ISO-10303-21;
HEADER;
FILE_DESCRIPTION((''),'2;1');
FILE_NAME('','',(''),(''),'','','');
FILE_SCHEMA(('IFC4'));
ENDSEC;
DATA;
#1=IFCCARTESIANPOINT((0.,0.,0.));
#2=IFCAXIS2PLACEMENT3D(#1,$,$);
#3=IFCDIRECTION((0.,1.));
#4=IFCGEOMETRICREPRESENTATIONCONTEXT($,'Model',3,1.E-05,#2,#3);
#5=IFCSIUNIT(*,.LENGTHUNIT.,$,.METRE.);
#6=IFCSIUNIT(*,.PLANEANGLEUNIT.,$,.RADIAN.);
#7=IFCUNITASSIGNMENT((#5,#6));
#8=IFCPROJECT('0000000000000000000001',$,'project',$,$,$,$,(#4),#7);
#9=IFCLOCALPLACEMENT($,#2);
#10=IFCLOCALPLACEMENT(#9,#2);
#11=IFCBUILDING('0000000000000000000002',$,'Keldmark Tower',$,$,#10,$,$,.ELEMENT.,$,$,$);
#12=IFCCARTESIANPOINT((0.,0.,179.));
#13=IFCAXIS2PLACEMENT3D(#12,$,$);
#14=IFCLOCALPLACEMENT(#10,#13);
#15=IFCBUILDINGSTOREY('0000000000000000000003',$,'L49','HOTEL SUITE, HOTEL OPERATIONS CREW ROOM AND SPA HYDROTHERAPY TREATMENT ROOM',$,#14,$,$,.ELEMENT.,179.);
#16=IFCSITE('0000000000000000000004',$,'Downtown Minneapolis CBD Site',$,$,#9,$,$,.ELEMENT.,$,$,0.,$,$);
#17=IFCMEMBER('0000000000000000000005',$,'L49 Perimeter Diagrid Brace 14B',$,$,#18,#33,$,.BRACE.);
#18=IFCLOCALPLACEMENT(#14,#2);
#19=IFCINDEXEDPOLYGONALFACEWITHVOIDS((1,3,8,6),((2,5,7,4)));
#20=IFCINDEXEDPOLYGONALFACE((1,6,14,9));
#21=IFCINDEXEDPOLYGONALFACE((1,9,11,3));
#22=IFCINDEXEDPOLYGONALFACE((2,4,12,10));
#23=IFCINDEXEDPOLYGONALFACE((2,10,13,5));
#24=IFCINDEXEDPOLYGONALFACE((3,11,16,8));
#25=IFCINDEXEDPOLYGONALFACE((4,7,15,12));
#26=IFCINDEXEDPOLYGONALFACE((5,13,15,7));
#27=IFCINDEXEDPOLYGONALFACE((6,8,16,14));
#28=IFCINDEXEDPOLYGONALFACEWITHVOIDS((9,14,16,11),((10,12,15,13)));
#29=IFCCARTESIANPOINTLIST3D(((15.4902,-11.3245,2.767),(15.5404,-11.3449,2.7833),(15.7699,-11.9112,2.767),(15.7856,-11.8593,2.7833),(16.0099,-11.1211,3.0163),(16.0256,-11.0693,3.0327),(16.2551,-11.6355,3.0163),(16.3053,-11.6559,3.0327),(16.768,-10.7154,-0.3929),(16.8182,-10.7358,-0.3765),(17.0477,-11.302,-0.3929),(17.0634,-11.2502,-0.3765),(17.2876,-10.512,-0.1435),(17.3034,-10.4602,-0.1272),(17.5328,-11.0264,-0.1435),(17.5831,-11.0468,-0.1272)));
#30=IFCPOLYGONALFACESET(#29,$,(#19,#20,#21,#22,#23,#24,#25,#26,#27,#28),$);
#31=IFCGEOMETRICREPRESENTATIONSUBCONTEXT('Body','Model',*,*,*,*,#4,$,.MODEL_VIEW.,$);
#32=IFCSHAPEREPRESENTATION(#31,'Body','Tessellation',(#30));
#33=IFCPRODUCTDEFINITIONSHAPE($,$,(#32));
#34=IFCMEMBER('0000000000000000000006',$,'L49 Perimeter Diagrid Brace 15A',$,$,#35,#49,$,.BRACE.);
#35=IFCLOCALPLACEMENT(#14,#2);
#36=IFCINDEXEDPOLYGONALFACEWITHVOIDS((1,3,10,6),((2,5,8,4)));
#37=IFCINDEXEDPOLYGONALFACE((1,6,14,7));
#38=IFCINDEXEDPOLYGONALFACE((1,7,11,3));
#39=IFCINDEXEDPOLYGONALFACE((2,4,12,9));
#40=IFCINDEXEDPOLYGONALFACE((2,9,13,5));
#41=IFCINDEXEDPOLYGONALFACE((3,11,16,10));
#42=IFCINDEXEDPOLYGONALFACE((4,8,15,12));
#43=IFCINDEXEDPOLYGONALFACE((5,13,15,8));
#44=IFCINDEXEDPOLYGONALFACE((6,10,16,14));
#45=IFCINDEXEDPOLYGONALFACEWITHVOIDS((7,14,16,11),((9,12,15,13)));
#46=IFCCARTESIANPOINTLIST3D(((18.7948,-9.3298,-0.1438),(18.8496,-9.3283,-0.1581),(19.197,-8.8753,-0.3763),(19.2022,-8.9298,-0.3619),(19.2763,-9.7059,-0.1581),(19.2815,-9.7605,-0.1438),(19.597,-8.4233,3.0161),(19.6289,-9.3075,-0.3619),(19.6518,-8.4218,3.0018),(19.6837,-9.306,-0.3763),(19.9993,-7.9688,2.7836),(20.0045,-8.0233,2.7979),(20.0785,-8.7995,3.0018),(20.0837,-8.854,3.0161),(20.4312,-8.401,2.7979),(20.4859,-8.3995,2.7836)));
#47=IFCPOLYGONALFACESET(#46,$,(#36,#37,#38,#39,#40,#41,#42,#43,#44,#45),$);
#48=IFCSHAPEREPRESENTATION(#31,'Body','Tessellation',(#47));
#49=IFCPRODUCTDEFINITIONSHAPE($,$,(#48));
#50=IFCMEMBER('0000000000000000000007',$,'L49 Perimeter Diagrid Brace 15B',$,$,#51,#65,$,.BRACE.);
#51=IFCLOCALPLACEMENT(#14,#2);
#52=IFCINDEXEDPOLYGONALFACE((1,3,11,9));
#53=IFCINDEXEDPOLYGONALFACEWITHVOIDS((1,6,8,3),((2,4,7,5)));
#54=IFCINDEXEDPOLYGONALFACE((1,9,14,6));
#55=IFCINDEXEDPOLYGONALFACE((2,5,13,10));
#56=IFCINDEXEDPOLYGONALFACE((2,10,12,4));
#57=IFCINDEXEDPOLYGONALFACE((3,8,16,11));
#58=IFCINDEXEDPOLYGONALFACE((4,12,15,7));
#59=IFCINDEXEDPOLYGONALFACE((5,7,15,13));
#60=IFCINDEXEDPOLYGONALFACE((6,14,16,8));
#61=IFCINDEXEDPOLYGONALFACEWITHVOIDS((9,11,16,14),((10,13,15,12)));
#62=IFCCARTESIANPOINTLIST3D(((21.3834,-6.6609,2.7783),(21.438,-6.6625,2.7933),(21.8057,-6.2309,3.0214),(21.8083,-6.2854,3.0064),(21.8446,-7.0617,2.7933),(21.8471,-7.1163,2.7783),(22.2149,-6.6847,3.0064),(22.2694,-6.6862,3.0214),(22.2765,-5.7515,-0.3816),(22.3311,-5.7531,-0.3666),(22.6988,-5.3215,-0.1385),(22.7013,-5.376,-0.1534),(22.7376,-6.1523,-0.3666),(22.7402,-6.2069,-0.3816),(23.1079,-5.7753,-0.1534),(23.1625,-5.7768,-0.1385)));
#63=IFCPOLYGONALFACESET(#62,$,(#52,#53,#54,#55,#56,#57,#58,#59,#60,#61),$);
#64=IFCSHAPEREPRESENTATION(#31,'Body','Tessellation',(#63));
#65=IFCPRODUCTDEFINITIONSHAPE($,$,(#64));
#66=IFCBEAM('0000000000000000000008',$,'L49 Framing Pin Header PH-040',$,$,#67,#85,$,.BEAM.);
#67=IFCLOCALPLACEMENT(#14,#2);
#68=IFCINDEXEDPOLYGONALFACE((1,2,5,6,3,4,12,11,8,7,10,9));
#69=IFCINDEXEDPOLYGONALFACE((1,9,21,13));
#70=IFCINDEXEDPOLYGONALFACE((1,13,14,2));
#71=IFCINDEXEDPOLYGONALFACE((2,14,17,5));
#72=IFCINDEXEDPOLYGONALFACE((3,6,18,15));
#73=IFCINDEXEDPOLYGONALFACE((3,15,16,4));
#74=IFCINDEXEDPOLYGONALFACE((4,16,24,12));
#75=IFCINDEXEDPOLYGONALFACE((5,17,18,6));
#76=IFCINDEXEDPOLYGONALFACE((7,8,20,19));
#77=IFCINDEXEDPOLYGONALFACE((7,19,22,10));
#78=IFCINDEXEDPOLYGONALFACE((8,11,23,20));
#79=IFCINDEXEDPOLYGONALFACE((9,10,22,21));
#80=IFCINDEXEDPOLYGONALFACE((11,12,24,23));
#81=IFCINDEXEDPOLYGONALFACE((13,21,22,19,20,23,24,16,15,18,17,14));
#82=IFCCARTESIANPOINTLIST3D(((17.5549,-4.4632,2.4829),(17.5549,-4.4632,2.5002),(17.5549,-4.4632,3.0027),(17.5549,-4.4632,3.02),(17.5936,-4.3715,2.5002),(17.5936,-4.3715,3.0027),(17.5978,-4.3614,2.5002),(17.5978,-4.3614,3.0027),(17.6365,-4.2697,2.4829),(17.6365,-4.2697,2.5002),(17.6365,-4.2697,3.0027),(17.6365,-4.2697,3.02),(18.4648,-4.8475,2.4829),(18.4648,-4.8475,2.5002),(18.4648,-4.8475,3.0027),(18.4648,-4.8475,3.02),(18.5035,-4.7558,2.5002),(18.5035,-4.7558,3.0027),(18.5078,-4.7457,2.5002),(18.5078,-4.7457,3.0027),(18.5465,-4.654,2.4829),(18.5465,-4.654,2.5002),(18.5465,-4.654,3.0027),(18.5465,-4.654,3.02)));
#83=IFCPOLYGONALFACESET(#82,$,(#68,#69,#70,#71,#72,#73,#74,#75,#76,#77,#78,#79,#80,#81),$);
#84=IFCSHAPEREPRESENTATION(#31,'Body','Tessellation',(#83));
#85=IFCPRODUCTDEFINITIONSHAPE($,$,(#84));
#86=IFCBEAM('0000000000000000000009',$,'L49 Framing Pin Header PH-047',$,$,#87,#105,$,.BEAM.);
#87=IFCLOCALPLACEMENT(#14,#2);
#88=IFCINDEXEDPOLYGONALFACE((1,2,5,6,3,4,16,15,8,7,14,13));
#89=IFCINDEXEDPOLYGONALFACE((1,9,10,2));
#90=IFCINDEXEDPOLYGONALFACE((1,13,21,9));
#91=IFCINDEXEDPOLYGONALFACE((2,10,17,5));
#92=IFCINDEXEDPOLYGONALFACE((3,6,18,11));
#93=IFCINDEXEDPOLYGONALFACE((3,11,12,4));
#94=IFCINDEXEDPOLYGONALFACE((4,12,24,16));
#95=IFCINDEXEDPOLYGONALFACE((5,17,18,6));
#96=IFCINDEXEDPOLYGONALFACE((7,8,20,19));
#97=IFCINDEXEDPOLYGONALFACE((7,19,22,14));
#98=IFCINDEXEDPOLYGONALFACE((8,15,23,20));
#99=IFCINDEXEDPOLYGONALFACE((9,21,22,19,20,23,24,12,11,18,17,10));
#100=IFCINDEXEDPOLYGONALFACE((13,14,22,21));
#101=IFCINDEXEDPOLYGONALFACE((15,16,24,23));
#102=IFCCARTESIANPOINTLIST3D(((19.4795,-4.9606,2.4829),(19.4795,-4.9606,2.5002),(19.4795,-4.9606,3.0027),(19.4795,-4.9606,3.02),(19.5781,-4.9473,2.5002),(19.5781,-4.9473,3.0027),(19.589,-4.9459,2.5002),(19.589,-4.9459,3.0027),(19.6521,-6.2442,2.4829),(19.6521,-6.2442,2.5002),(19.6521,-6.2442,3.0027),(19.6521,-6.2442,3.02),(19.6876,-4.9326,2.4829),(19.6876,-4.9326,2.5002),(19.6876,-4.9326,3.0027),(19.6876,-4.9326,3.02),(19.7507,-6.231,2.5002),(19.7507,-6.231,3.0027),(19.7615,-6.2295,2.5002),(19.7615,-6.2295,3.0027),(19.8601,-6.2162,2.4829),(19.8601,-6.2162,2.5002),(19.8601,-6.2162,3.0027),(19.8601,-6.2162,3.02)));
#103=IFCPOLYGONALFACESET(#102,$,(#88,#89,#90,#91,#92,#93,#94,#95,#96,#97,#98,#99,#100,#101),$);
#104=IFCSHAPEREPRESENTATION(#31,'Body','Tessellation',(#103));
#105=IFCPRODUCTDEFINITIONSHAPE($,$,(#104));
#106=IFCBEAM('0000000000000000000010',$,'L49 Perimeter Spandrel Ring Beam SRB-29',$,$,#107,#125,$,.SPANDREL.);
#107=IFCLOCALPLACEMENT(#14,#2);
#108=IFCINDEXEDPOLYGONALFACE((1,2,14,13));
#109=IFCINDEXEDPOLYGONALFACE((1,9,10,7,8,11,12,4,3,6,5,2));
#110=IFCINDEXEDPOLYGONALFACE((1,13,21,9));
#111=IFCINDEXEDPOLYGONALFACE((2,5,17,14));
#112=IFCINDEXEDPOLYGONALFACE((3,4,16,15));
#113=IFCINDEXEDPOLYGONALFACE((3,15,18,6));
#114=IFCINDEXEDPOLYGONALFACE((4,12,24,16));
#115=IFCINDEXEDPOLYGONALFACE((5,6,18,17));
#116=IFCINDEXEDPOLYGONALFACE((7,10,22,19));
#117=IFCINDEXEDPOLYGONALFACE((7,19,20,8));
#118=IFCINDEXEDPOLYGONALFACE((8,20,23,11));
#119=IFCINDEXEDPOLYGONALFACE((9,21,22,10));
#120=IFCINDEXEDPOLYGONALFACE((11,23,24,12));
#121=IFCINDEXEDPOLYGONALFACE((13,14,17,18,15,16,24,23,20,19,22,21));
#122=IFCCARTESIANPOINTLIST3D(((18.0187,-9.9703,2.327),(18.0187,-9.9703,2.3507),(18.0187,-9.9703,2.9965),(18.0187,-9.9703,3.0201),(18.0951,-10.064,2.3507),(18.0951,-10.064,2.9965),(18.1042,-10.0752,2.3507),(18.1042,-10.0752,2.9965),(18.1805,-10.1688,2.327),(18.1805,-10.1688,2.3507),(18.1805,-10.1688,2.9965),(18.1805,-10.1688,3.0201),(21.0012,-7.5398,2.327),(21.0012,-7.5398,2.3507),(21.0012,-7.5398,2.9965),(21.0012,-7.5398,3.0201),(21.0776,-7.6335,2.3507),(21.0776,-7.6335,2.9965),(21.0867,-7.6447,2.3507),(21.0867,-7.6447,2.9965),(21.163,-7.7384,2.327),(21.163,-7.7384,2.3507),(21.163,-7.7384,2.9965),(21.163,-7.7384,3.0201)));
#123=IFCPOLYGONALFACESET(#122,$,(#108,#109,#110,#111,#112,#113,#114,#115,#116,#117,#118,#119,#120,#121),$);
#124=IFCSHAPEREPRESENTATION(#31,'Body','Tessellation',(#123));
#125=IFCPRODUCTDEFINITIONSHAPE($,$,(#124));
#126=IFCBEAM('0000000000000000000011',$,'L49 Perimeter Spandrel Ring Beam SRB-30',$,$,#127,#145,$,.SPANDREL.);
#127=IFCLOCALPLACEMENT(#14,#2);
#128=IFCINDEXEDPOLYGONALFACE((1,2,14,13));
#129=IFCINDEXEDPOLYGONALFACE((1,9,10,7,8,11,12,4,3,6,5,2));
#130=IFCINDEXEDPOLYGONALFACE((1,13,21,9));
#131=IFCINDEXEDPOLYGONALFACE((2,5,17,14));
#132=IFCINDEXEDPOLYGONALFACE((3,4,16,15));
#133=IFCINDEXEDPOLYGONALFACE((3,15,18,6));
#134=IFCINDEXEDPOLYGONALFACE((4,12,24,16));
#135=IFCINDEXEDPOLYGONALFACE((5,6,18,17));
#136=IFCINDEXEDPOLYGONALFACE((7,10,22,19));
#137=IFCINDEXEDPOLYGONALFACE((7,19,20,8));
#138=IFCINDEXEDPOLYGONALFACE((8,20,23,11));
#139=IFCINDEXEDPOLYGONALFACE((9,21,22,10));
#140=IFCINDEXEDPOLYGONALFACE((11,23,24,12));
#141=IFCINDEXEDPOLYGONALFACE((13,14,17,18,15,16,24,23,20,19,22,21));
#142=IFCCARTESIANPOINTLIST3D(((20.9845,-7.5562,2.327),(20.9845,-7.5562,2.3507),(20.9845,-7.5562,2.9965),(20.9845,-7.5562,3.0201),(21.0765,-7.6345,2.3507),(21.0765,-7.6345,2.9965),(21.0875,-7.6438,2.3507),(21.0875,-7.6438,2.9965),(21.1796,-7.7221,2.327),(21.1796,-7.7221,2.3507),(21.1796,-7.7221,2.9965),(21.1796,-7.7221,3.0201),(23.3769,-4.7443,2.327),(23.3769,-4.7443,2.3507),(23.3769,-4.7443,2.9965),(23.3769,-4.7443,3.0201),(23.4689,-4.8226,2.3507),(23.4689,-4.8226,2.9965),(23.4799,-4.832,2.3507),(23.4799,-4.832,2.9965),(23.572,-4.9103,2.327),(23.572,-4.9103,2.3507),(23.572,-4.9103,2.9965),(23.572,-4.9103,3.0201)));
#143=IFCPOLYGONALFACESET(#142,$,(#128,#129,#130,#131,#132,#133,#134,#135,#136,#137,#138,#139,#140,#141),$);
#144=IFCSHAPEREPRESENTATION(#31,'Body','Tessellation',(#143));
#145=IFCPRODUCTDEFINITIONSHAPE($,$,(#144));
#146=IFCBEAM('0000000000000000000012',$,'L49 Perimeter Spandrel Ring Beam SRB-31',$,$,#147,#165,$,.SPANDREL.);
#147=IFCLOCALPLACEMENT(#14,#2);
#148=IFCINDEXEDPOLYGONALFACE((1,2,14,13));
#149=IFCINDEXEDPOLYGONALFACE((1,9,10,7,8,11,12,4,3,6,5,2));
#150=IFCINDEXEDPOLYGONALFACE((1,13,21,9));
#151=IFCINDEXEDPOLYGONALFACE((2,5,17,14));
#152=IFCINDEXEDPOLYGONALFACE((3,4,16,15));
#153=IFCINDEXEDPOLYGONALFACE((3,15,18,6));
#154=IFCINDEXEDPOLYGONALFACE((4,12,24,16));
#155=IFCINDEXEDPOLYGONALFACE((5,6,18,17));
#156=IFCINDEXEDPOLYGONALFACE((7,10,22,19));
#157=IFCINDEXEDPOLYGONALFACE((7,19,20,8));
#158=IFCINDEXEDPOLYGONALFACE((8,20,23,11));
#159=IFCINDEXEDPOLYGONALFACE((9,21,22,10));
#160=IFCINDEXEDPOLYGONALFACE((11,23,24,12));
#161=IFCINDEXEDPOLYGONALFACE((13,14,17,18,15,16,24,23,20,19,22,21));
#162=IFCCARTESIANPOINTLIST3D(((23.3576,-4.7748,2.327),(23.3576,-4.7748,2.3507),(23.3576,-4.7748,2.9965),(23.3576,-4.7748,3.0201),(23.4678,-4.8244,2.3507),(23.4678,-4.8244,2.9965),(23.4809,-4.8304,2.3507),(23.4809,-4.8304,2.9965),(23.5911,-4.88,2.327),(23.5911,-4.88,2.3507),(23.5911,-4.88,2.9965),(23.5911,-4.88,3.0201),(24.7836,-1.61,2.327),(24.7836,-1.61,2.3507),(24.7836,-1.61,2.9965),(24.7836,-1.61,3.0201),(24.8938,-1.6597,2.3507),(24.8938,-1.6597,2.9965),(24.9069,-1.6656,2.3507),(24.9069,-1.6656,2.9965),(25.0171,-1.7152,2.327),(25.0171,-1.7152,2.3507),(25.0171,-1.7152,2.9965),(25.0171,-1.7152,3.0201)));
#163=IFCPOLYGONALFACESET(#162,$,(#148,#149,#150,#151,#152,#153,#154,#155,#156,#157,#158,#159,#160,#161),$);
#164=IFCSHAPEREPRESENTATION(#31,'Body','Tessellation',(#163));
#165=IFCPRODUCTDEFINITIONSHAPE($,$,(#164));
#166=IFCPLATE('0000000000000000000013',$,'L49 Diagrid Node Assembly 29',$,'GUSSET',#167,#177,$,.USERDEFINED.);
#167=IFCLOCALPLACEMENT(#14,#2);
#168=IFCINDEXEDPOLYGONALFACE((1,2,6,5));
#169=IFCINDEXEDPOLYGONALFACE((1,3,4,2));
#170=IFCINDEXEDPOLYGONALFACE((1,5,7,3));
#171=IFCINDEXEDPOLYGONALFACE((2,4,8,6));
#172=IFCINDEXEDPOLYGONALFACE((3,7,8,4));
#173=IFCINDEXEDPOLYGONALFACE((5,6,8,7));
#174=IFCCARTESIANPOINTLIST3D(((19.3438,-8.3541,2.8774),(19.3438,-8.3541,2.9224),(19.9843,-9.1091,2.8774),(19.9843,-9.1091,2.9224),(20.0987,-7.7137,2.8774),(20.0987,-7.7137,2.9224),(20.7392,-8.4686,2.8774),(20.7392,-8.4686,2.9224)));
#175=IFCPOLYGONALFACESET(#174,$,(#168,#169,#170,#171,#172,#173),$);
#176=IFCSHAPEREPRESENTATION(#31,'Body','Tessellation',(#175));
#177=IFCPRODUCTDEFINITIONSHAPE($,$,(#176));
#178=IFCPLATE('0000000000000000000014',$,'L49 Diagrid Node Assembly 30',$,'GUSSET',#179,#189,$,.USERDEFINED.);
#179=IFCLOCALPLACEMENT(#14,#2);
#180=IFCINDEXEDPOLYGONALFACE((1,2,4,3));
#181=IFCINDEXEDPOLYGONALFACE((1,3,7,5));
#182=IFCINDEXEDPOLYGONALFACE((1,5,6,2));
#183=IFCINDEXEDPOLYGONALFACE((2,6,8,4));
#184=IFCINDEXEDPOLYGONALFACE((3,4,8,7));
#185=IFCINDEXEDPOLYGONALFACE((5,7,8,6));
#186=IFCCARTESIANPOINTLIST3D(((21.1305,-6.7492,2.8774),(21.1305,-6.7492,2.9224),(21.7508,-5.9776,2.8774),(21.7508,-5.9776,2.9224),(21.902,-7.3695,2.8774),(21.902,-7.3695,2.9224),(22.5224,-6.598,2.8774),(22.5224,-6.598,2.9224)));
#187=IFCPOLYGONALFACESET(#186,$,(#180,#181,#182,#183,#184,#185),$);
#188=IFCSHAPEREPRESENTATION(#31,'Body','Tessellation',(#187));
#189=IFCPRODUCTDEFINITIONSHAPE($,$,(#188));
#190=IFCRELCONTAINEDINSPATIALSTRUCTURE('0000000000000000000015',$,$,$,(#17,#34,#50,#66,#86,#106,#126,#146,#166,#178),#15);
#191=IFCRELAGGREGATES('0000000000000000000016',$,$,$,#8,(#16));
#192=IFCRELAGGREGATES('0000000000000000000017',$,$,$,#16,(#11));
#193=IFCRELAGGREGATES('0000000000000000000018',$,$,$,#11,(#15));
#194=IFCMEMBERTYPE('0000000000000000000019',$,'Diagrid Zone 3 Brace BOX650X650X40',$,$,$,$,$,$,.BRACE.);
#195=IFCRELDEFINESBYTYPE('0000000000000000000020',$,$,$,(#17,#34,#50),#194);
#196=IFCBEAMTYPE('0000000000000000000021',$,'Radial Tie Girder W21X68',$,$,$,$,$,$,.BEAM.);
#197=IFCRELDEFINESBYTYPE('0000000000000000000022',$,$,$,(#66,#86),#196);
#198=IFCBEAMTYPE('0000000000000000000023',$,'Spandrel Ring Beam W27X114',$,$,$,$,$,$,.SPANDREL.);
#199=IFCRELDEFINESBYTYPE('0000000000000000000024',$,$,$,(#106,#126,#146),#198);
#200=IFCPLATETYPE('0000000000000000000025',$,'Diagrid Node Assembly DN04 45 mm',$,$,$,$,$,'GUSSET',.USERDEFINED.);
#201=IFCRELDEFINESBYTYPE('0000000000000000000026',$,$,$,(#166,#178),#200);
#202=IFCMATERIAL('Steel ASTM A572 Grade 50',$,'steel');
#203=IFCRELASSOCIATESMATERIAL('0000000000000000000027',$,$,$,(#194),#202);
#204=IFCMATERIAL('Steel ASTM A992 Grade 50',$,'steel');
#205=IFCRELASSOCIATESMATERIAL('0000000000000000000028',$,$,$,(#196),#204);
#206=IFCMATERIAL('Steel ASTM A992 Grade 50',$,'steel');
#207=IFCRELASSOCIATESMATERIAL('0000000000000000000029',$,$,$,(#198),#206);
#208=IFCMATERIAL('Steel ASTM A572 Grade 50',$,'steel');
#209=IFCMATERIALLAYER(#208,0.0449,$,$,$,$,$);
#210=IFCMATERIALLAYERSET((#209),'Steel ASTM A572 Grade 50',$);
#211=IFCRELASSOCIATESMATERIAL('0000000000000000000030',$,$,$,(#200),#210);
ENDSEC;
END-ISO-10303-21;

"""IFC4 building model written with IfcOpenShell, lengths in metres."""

from ifc_helpers import new_model, si_unit, direction, frame, origin, origin_2d, place, context, subcontext, project, spatial, rectangle, hollow_rectangle, i_section, extrude, material, layer, layer_set, material_profile, profile_set, type_object, element, save


model = new_model("IFC4")

# Units and contexts
model_context = context("Model", 3, precision=1e-05, world=origin(), true_north=direction((0.0, 1.0)))
body_context = subcontext(model_context, "Body", "Model", "MODEL_VIEW")
ifc_project = project(units=[si_unit("LENGTHUNIT", "METRE"), si_unit("PLANEANGLEUNIT", "RADIAN")], contexts=[model_context])

# Site, building, storey
site_placement = place(None, origin())
site = spatial("IfcSite", under=ifc_project, at=site_placement, Name="Downtown Minneapolis CBD Site", CompositionType="ELEMENT", RefElevation=0.0)
building_placement = place(site_placement, origin())
building = spatial("IfcBuilding", under=site, at=building_placement, Name="Keldmark Tower", CompositionType="ELEMENT")
storey_placement = place(building_placement, frame((0.0, 0.0, 179.0)))
storey = spatial("IfcBuildingStorey", under=building, at=storey_placement, Name="L49", Description="HOTEL SUITE, HOTEL OPERATIONS CREW ROOM AND SPA HYDROTHERAPY TREATMENT ROOM", CompositionType="ELEMENT", Elevation=179.0)

# Members
ifc_material_1 = material(Name="Steel ASTM A572 Grade 50", Category="steel")
ifc_material_profile_1 = material_profile(ifc_material_1, hollow_rectangle(XDim=0.6499, YDim=0.6499, WallThickness=0.04, at=origin_2d()), Name="BOX650X650X40")
ifc_profile_set_1 = profile_set([ifc_material_profile_1], Name="Steel ASTM A572 Grade 50")
member_type = type_object("IfcMemberType", Name="Diagrid Zone 3 Brace BOX650X650X40", PredefinedType="BRACE", material=ifc_profile_set_1)
member_1_placement = place(storey_placement, frame((17.1755, -10.8811, -0.26), z_axis=(-0.369048, -0.175922, 0.912609), x_axis=(0.430302, -0.902685, 0.0)))
element("IfcMember", 1, at=member_1_placement, inside=storey, type_object=member_type, Name="L49 Perimeter Diagrid Brace 14B", PredefinedType="BRACE", context=body_context, shape_type="SweptSolid", body=[
    extrude(hollow_rectangle(XDim=0.6499, YDim=0.6499, WallThickness=0.04, at=origin_2d()), origin(), (0.0, 0.0, 1.0), 3.4624),
])
member_2_placement = place(storey_placement, frame((19.2393, -9.3179, -0.26), z_axis=(0.237082, 0.267889, 0.933824), x_axis=(-0.748854, 0.662735, 0.0)))
element("IfcMember", 2, at=member_2_placement, inside=storey, type_object=member_type, Name="L49 Perimeter Diagrid Brace 15A", PredefinedType="BRACE", context=body_context, shape_type="SweptSolid", body=[
    extrude(hollow_rectangle(XDim=0.6499, YDim=0.6499, WallThickness=0.04, at=origin_2d()), origin(), (0.0, 0.0, 1.0), 3.3838),
])
member_3_placement = place(storey_placement, frame((22.7195, -5.7642, -0.26), z_axis=(-0.262104, -0.266905, 0.927396), x_axis=(0.713494, -0.700661, 0.0)))
element("IfcMember", 3, at=member_3_placement, inside=storey, type_object=member_type, Name="L49 Perimeter Diagrid Brace 15B", PredefinedType="BRACE", context=body_context, shape_type="SweptSolid", body=[
    extrude(hollow_rectangle(XDim=0.6499, YDim=0.6499, WallThickness=0.04, at=origin_2d()), origin(), (0.0, 0.0, 1.0), 3.4072),
])

# Beams
ifc_material_2 = material(Name="Steel ASTM A992 Grade 50", Category="steel")
ifc_material_profile_2 = material_profile(ifc_material_2, i_section(OverallWidth=0.21, OverallDepth=0.5371, WebThickness=0.011, FlangeThickness=0.0173, at=origin_2d()), Name="W21X68")
ifc_profile_set_2 = profile_set([ifc_material_profile_2], Name="Steel ASTM A992 Grade 50")
beam_type_1 = type_object("IfcBeamType", Name="Radial Tie Girder W21X68", PredefinedType="BEAM", material=ifc_profile_set_2)
beam_1_placement = place(storey_placement, frame((17.5957, -4.3665, 2.7515), z_axis=(0.921216, -0.389051, 0.0), x_axis=(0.389051, 0.921216, 0.0)))
element("IfcBeam", 4, at=beam_1_placement, inside=storey, type_object=beam_type_1, Name="L49 Framing Pin Header PH-040", PredefinedType="BEAM", context=body_context, shape_type="SweptSolid", body=[
    extrude(i_section(OverallWidth=0.21, OverallDepth=0.5371, WebThickness=0.011, FlangeThickness=0.0173, at=origin_2d()), origin(), (0.0, 0.0, 1.0), 0.9878),
])
beam_2_placement = place(storey_placement, frame((19.7561, -6.2302, 2.7515), z_axis=(-0.133262, 0.991081, 0.0), x_axis=(-0.991081, -0.133262, 0.0)))
element("IfcBeam", 5, at=beam_2_placement, inside=storey, type_object=beam_type_1, Name="L49 Framing Pin Header PH-047", PredefinedType="BEAM", context=body_context, shape_type="SweptSolid", body=[
    extrude(i_section(OverallWidth=0.21, OverallDepth=0.5371, WebThickness=0.011, FlangeThickness=0.0173, at=origin_2d()), origin(), (0.0, 0.0, 1.0), 1.2952),
])
ifc_material_3 = material(Name="Steel ASTM A992 Grade 50", Category="steel")
ifc_material_profile_3 = material_profile(ifc_material_3, i_section(OverallWidth=0.2561, OverallDepth=0.6931, WebThickness=0.0144, FlangeThickness=0.0237, at=origin_2d()), Name="W27X114")
ifc_profile_set_3 = profile_set([ifc_material_profile_3], Name="Steel ASTM A992 Grade 50")
beam_type_2 = type_object("IfcBeamType", Name="Spandrel Ring Beam W27X114", PredefinedType="SPANDREL", material=ifc_profile_set_3)
beam_3_placement = place(storey_placement, frame((18.0996, -10.0696, 2.6736), z_axis=(0.775197, 0.63172, 0.0), x_axis=(-0.63172, 0.775197, 0.0)))
element("IfcBeam", 6, at=beam_3_placement, inside=storey, type_object=beam_type_2, Name="L49 Perimeter Spandrel Ring Beam SRB-29", PredefinedType="SPANDREL", context=body_context, shape_type="SweptSolid", body=[
    extrude(i_section(OverallWidth=0.2561, OverallDepth=0.6931, WebThickness=0.0144, FlangeThickness=0.0237, at=origin_2d()), origin(), (0.0, 0.0, 1.0), 3.8474),
])
beam_4_placement = place(storey_placement, frame((21.082, -7.6392, 2.6736), z_axis=(0.648015, 0.761628, 0.0), x_axis=(-0.761628, 0.648015, 0.0)))
element("IfcBeam", 7, at=beam_4_placement, inside=storey, type_object=beam_type_2, Name="L49 Perimeter Spandrel Ring Beam SRB-30", PredefinedType="SPANDREL", context=body_context, shape_type="SweptSolid", body=[
    extrude(i_section(OverallWidth=0.2561, OverallDepth=0.6931, WebThickness=0.0144, FlangeThickness=0.0237, at=origin_2d()), origin(), (0.0, 0.0, 1.0), 3.6919),
])
beam_5_placement = place(storey_placement, frame((23.4744, -4.8274, 2.6736), z_axis=(0.410812, 0.91172, 0.0), x_axis=(-0.91172, 0.410812, 0.0)))
element("IfcBeam", 8, at=beam_5_placement, inside=storey, type_object=beam_type_2, Name="L49 Perimeter Spandrel Ring Beam SRB-31", PredefinedType="SPANDREL", context=body_context, shape_type="SweptSolid", body=[
    extrude(i_section(OverallWidth=0.2561, OverallDepth=0.6931, WebThickness=0.0144, FlangeThickness=0.0237, at=origin_2d()), origin(), (0.0, 0.0, 1.0), 3.4712),
])

# Plates
ifc_material_4 = material(Name="Steel ASTM A572 Grade 50", Category="steel")
ifc_layer_1 = layer(ifc_material_4, 0.0449)
ifc_layer_set_1 = layer_set([ifc_layer_1], Name="Steel ASTM A572 Grade 50")
plate_type = type_object("IfcPlateType", Name="Diagrid Node Assembly DN04 45 mm", ElementType="GUSSET", PredefinedType="USERDEFINED", material=ifc_layer_set_1)
for number, where, z_axis, x_axis, name in (
    (9, (20.0415, -8.4114, 2.8774), (0.0, 0.0, 1.0), (0.762555, 0.646923, 0.0), "L49 Diagrid Node Assembly 29"),
    (10, (21.8264, -6.6736, 2.8774), (0.0, 0.0, 1.0), (0.626604, 0.779338, 0.0), "L49 Diagrid Node Assembly 30"),
):
    element("IfcPlate", number, at=place(storey_placement, frame(where, z_axis=z_axis, x_axis=x_axis)), inside=storey, type_object=plate_type, Name=name, ObjectType="GUSSET", PredefinedType="USERDEFINED", context=body_context, shape_type="SweptSolid", body=[
        extrude(rectangle(XDim=0.99, YDim=0.99, at=origin_2d()), origin(), (0.0, 0.0, 1.0), 0.0449),
    ])

save(model, "model.ifc")
